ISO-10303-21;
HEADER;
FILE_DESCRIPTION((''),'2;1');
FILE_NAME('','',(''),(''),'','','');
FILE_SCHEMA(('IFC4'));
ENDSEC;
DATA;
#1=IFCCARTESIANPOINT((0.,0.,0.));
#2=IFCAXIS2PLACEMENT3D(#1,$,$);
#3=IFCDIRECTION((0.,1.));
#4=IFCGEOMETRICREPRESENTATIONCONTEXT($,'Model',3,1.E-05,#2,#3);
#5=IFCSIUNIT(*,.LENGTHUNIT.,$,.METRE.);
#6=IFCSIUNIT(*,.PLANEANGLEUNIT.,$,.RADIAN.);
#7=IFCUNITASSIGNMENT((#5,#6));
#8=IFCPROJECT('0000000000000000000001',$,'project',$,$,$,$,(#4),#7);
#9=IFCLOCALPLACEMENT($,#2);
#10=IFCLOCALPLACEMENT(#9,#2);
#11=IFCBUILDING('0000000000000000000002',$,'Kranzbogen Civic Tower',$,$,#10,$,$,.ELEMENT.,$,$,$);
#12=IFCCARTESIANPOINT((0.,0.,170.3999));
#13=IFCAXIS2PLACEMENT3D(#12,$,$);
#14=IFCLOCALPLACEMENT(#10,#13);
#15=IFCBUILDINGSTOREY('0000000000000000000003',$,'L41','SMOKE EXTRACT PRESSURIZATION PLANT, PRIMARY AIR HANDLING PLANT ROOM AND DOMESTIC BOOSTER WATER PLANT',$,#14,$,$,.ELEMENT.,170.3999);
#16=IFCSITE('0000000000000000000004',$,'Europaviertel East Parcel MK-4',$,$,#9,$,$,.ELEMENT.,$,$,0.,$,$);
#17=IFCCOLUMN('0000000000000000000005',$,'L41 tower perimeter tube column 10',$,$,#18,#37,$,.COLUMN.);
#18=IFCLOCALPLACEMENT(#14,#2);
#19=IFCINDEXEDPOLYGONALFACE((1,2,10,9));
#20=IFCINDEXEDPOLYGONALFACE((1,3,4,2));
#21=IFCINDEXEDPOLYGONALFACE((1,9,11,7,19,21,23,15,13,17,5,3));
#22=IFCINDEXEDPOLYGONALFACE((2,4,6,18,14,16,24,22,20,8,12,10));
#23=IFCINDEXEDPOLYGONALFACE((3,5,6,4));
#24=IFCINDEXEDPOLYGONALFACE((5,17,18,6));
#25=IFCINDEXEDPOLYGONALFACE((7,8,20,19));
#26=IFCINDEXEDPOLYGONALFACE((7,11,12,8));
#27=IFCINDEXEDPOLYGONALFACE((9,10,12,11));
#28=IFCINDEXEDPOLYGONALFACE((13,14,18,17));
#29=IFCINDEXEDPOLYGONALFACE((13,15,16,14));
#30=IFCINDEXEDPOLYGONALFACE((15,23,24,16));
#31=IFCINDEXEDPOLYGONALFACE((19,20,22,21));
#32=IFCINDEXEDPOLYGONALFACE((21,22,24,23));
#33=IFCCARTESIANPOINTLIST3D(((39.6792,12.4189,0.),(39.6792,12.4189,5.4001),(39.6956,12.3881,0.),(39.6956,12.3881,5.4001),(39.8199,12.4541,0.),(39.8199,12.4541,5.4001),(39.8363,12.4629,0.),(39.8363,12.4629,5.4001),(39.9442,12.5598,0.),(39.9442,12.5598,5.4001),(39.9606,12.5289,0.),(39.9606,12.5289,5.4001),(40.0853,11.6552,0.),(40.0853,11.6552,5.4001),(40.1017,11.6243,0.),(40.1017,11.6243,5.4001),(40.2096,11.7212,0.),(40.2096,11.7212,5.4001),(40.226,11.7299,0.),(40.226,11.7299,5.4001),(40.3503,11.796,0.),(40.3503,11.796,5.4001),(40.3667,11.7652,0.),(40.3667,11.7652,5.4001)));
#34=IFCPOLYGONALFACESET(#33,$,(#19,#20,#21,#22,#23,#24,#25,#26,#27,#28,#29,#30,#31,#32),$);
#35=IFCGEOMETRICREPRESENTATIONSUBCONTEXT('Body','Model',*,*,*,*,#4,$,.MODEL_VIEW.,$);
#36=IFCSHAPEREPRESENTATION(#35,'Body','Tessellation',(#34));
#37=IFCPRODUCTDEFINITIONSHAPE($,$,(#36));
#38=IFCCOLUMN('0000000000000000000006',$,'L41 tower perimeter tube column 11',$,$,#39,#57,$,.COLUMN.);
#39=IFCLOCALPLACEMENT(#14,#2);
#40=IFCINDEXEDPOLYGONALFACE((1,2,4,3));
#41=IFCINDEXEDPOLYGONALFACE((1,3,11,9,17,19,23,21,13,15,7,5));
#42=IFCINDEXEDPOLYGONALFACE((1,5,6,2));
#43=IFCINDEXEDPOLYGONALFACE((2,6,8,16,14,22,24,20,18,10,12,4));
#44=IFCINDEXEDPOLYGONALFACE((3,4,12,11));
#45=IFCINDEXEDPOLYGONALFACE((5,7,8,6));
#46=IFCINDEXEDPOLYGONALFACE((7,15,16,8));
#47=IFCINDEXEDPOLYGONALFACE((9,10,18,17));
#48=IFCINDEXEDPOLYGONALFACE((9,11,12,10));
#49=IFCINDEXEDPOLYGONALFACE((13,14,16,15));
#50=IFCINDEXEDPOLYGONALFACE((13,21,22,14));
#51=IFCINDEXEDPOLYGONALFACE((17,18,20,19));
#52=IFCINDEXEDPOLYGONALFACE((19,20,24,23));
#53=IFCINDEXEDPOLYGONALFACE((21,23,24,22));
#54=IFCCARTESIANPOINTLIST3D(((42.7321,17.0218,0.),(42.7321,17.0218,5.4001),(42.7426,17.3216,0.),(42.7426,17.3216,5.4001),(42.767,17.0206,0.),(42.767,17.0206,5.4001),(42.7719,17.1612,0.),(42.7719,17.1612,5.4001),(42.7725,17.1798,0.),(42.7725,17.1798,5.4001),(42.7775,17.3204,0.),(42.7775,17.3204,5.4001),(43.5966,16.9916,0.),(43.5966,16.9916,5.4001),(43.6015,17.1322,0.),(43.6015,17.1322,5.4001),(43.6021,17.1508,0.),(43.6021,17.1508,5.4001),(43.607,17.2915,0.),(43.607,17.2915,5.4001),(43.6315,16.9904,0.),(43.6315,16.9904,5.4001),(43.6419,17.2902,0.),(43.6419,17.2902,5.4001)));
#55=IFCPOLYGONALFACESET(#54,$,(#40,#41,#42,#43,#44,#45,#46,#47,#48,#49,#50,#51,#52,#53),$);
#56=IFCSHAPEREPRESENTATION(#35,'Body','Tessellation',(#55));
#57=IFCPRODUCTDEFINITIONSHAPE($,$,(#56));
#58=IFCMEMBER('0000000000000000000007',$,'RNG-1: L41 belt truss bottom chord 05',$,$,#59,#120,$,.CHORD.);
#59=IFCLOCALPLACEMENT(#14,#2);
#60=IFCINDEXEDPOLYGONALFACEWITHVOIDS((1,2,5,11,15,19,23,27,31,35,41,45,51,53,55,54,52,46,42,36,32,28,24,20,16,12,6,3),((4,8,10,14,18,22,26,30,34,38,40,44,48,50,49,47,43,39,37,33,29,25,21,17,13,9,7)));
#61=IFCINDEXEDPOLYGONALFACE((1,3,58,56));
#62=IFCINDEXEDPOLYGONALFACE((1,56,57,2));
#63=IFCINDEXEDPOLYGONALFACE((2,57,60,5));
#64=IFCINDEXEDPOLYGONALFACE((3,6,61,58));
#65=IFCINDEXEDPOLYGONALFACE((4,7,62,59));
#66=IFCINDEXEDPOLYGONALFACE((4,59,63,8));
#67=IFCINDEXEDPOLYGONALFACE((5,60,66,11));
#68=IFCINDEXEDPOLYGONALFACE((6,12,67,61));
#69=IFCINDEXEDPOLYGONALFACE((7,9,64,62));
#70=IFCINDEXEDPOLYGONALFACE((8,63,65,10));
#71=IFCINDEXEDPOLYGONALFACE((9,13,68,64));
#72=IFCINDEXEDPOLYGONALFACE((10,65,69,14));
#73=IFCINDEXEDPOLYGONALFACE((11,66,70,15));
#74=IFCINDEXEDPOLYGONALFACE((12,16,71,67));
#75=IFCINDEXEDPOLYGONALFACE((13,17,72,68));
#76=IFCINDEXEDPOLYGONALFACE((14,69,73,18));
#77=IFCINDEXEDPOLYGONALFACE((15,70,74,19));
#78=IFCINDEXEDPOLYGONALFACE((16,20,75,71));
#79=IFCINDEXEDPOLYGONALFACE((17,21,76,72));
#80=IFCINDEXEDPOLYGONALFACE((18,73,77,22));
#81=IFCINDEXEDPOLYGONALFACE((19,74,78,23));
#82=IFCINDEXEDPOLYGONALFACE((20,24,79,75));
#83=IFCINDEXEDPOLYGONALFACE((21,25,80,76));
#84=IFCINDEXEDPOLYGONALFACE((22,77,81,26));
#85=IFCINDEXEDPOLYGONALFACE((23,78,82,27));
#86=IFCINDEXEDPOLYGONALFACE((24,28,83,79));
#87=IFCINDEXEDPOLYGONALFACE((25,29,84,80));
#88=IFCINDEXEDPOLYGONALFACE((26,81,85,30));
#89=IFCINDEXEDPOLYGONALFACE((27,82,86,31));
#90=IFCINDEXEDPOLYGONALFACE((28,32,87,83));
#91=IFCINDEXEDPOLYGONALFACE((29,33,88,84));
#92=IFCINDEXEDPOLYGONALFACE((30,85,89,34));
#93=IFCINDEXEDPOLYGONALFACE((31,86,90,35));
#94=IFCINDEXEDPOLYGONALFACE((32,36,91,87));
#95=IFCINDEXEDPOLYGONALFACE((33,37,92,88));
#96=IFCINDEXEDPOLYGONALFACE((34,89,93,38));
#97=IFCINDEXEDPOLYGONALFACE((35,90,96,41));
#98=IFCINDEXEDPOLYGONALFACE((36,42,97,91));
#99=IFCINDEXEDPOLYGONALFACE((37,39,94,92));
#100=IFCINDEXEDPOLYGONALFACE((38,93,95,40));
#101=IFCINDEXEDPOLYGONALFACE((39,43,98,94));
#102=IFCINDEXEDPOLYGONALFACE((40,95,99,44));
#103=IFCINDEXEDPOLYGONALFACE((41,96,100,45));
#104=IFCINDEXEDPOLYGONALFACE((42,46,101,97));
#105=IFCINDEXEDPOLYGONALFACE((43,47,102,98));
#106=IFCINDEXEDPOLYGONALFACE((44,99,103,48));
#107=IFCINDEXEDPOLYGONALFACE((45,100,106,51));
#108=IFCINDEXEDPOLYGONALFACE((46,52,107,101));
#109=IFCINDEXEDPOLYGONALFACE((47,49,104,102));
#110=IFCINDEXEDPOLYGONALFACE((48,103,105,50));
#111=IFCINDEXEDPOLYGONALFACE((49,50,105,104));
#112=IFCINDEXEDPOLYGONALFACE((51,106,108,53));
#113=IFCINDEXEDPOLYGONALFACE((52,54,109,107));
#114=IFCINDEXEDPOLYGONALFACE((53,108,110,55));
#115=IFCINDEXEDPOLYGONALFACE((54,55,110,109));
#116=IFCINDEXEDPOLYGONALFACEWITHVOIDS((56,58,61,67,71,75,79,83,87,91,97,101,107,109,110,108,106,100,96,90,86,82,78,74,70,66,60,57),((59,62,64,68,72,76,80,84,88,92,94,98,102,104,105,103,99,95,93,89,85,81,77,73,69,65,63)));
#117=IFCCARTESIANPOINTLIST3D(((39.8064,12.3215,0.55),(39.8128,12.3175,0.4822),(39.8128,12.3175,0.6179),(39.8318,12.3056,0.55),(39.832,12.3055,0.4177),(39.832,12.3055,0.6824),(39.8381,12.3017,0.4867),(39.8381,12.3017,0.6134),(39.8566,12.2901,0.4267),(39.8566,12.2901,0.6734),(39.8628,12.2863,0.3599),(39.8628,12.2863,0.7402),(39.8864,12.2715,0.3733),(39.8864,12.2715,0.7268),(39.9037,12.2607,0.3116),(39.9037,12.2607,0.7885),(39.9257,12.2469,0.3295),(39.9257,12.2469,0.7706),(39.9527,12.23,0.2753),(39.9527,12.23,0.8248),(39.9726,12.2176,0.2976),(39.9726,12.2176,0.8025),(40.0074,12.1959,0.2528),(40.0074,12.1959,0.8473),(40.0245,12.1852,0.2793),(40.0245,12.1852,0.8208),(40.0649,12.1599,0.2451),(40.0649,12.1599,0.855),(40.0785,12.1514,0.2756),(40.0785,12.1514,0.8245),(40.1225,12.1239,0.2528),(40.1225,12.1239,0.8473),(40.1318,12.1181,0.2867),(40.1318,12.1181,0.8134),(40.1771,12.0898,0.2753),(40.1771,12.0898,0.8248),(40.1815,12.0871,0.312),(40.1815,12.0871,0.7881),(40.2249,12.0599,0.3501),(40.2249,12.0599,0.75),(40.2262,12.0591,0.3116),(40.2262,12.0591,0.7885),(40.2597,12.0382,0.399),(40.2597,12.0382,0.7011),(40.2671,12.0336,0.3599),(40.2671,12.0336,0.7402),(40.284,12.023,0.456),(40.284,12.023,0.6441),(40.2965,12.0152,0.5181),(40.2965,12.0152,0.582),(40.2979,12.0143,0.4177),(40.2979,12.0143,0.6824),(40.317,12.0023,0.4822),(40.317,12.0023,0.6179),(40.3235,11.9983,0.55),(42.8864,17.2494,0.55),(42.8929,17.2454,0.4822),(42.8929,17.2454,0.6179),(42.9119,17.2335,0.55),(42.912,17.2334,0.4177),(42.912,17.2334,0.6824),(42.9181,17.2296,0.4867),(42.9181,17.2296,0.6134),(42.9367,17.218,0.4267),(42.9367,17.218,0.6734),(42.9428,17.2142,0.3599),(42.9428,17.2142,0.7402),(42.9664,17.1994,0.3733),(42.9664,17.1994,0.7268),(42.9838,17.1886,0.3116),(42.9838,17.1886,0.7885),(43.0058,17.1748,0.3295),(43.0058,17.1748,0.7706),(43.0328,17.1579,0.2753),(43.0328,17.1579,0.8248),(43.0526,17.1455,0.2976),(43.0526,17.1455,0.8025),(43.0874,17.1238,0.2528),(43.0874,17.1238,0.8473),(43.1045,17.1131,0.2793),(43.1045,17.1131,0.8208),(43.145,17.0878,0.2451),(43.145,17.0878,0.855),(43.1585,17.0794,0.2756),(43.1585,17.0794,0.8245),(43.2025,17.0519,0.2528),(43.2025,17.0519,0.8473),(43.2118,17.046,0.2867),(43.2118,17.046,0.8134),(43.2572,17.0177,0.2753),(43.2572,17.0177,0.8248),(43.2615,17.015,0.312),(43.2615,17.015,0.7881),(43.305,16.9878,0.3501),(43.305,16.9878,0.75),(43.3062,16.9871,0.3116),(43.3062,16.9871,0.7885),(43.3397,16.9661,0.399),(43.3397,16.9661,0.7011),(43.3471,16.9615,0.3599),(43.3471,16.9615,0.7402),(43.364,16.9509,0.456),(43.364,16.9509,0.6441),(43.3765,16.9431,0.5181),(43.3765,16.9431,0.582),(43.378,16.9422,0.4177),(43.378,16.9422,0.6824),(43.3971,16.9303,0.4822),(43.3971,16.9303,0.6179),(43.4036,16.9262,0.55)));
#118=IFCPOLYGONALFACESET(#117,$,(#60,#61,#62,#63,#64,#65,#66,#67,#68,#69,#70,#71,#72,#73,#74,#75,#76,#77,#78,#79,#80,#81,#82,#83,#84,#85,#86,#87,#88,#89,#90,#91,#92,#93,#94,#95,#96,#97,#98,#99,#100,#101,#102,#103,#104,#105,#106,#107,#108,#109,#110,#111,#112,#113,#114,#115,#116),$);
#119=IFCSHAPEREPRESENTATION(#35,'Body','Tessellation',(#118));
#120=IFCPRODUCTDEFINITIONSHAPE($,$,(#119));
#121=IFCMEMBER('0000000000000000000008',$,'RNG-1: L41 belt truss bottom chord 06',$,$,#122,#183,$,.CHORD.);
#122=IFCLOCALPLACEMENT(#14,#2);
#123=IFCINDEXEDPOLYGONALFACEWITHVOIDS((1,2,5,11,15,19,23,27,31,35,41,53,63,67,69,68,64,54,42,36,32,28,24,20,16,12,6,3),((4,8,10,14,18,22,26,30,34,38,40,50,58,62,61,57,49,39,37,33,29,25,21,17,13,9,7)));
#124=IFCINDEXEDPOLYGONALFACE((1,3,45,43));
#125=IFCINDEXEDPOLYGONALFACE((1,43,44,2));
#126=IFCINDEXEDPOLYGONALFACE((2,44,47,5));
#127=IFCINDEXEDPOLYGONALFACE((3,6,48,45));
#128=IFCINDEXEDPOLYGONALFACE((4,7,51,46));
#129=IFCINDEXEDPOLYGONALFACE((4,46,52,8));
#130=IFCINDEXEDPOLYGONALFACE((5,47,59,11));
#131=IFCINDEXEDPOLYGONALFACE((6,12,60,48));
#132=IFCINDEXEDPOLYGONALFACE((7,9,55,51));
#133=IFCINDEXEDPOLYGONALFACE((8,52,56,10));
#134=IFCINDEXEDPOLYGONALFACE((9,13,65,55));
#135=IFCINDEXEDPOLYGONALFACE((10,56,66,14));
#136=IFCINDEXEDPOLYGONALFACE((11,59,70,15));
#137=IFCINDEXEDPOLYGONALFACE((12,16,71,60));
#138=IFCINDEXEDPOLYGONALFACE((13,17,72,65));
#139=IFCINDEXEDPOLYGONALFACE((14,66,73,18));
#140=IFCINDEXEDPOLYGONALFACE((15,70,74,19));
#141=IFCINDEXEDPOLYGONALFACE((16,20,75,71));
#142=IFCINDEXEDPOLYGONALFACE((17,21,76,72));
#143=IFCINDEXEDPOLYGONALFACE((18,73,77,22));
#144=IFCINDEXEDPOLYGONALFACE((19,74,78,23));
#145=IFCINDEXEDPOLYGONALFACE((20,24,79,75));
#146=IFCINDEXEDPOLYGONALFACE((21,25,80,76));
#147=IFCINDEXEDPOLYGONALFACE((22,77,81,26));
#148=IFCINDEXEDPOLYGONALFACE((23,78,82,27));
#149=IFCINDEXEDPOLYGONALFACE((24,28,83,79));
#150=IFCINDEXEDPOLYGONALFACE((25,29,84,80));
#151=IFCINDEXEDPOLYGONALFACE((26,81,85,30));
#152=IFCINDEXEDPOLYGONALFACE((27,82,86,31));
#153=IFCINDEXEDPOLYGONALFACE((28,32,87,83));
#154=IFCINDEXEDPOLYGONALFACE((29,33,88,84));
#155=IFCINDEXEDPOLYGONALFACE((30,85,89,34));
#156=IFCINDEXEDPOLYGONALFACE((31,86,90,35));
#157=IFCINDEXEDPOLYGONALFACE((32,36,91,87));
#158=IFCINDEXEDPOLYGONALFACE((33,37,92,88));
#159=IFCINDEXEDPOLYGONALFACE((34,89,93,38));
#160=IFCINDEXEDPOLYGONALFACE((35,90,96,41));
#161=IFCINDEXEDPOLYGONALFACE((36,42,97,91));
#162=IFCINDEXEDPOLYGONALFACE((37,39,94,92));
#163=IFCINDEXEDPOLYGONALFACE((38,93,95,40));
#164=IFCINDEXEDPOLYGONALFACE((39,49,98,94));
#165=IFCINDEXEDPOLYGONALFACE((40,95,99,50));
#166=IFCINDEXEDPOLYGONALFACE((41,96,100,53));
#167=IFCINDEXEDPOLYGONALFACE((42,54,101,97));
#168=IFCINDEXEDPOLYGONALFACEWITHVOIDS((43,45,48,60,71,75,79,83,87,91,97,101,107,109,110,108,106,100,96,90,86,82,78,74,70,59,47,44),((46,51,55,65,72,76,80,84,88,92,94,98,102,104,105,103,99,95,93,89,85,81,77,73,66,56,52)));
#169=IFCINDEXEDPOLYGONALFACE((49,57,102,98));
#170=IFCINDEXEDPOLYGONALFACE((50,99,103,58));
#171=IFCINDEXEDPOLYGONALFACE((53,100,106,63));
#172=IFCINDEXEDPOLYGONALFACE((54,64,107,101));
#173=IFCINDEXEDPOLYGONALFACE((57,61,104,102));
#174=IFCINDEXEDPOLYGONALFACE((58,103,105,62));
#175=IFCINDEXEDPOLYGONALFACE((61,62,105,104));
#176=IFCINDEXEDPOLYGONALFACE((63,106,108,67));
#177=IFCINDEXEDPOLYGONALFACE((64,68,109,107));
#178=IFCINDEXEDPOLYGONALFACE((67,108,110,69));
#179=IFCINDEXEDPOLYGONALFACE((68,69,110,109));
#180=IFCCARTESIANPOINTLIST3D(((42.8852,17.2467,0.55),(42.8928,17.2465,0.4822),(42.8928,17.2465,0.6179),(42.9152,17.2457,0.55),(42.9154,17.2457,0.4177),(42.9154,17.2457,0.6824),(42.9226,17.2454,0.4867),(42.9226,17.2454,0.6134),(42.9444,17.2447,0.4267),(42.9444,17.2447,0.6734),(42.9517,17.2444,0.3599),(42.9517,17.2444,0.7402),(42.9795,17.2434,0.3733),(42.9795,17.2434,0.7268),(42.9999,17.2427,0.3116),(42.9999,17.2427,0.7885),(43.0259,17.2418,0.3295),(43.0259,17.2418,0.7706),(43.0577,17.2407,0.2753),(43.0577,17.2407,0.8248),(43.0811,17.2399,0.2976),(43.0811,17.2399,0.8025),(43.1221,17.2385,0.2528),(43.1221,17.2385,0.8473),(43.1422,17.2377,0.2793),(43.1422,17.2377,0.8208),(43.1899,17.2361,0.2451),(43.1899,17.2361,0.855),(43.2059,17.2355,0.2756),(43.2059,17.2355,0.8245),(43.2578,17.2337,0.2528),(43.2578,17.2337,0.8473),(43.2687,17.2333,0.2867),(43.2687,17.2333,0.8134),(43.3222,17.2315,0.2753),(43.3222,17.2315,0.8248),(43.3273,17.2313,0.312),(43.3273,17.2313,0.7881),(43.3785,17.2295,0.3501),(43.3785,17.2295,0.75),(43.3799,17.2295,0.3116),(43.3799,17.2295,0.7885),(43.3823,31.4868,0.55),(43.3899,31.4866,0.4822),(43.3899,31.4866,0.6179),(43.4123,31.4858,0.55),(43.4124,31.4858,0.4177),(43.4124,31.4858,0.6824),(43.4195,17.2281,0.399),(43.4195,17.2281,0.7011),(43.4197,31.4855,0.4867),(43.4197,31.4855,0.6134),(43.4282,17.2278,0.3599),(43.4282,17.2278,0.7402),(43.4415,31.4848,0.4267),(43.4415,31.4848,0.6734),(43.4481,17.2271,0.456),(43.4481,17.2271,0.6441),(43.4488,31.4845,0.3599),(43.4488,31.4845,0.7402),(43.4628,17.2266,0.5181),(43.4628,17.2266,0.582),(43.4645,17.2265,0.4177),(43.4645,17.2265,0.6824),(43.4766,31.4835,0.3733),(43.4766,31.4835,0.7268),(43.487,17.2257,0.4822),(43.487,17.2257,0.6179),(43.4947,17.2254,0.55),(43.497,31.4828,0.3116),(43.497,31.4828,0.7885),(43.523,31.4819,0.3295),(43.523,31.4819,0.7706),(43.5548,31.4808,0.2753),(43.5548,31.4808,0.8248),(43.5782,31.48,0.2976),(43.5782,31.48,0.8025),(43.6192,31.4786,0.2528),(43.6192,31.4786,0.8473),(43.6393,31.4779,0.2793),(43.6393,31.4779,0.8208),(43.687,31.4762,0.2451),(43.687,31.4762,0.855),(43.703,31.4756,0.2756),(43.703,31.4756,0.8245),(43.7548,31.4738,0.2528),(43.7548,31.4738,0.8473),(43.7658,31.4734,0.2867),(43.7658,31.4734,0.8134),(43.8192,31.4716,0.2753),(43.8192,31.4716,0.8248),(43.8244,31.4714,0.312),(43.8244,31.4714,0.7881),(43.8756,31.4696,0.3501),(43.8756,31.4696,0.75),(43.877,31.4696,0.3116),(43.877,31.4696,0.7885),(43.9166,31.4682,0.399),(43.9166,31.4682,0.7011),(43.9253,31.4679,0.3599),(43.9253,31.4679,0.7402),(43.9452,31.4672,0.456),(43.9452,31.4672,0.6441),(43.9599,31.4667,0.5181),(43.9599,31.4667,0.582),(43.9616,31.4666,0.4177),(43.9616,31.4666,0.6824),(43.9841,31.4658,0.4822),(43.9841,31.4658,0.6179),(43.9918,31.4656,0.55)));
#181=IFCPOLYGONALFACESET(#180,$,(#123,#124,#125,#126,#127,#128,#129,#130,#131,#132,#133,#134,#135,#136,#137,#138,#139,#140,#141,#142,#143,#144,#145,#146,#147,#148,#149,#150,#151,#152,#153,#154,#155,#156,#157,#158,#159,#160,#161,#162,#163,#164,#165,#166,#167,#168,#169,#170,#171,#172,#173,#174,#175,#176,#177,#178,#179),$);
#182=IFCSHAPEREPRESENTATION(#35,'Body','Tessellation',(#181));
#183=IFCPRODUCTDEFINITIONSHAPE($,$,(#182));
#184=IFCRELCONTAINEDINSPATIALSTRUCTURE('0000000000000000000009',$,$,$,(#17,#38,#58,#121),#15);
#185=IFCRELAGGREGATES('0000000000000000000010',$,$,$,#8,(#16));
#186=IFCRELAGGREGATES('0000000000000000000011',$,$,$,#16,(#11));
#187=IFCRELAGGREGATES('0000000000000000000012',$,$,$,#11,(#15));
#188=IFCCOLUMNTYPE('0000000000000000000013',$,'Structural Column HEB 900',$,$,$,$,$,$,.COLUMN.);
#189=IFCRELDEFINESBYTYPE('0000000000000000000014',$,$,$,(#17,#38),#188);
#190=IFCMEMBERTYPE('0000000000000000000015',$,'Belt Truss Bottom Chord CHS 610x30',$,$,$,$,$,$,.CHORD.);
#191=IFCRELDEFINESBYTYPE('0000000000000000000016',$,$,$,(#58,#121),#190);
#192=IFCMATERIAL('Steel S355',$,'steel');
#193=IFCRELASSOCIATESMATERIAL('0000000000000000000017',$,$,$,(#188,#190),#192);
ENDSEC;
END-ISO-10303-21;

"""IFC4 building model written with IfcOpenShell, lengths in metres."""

from ifc_helpers import new_model, si_unit, direction, frame, origin, origin_2d, place, context, subcontext, project, spatial, hollow_circle, i_section, extrude, material, material_profile, profile_set, type_object, element, save


model = new_model("IFC4")

# Units and contexts
model_context = context("Model", 3, precision=1e-05, world=origin(), true_north=direction((0.0, 1.0)))
body_context = subcontext(model_context, "Body", "Model", "MODEL_VIEW")
ifc_project = project(units=[si_unit("LENGTHUNIT", "METRE"), si_unit("PLANEANGLEUNIT", "RADIAN")], contexts=[model_context])

# Site, building, storey
site_placement = place(None, origin())
site = spatial("IfcSite", under=ifc_project, at=site_placement, Name="Europaviertel East Parcel MK-4", CompositionType="ELEMENT", RefElevation=0.0)
building_placement = place(site_placement, origin())
building = spatial("IfcBuilding", under=site, at=building_placement, Name="Kranzbogen Civic Tower", CompositionType="ELEMENT")
storey_placement = place(building_placement, frame((0.0, 0.0, 170.3999)))
storey = spatial("IfcBuildingStorey", under=building, at=storey_placement, Name="L41", Description="SMOKE EXTRACT PRESSURIZATION PLANT, PRIMARY AIR HANDLING PLANT ROOM AND DOMESTIC BOOSTER WATER PLANT", CompositionType="ELEMENT", Elevation=170.3999)

# Columns
ifc_material_1 = material(Name="Steel S355", Category="steel")
ifc_material_profile_1 = material_profile(ifc_material_1, i_section(OverallWidth=0.3, OverallDepth=0.8999, WebThickness=0.0186, FlangeThickness=0.0349, at=origin_2d()), Name="HEB 900")
ifc_profile_set_1 = profile_set([ifc_material_profile_1], Name="Steel S355")
column_type = type_object("IfcColumnType", Name="Structural Column HEB 900", PredefinedType="COLUMN", material=ifc_profile_set_1)
for number, where, z_axis, x_axis, name in (
    (1, (40.0229, 12.092, 0.0), (0.0, 0.0, 1.0), (0.882948, 0.469472, 0.0), "L41 tower perimeter tube column 10"),
    (2, (43.187, 17.156, 0.0), (0.0, 0.0, 1.0), (0.034899, 0.999391, 0.0), "L41 tower perimeter tube column 11"),
):
    element("IfcColumn", number, at=place(storey_placement, frame(where, z_axis=z_axis, x_axis=x_axis)), inside=storey, type_object=column_type, Name=name, PredefinedType="COLUMN", context=body_context, shape_type="SweptSolid", body=[
        extrude(i_section(OverallWidth=0.3, OverallDepth=0.8999, WebThickness=0.0186, FlangeThickness=0.0349, at=origin_2d()), origin(), (0.0, 0.0, 1.0), 5.4001),
    ])

# Members
ifc_material_profile_2 = material_profile(ifc_material_1, hollow_circle(Radius=0.3049, WallThickness=0.03, at=origin_2d()), Name="CHS 610x30")
ifc_profile_set_2 = profile_set([ifc_material_profile_2], Name="Steel S355")
member_type_1 = type_object("IfcMemberType", Name="Belt Truss Bottom Chord CHS 610x30", PredefinedType="CHORD", material=ifc_profile_set_2)
member_1_placement = place(storey_placement, frame((40.0649, 12.1599, 0.55), z_axis=(0.53001, 0.847991, 0.0), x_axis=(-0.847991, 0.53001, 0.0)))
element("IfcMember", 3, at=member_1_placement, inside=storey, type_object=member_type_1, Name="RNG-1: L41 belt truss bottom chord 05", PredefinedType="CHORD", context=body_context, shape_type="SweptSolid", body=[
    extrude(hollow_circle(Radius=0.3049, WallThickness=0.03, at=origin_2d()), origin(), (0.0, 0.0, 1.0), 5.8113),
])
member_2_placement = place(storey_placement, frame((43.1899, 17.2361, 0.55), z_axis=(0.034885, 0.999391, 0.0), x_axis=(-0.999391, 0.034885, 0.0)))
element("IfcMember", 4, at=member_2_placement, inside=storey, type_object=member_type_1, Name="RNG-1: L41 belt truss bottom chord 06", PredefinedType="CHORD", context=body_context, shape_type="SweptSolid", body=[
    extrude(hollow_circle(Radius=0.3049, WallThickness=0.03, at=origin_2d()), origin(), (0.0, 0.0, 1.0), 14.2488),
])

save(model, "model.ifc")
